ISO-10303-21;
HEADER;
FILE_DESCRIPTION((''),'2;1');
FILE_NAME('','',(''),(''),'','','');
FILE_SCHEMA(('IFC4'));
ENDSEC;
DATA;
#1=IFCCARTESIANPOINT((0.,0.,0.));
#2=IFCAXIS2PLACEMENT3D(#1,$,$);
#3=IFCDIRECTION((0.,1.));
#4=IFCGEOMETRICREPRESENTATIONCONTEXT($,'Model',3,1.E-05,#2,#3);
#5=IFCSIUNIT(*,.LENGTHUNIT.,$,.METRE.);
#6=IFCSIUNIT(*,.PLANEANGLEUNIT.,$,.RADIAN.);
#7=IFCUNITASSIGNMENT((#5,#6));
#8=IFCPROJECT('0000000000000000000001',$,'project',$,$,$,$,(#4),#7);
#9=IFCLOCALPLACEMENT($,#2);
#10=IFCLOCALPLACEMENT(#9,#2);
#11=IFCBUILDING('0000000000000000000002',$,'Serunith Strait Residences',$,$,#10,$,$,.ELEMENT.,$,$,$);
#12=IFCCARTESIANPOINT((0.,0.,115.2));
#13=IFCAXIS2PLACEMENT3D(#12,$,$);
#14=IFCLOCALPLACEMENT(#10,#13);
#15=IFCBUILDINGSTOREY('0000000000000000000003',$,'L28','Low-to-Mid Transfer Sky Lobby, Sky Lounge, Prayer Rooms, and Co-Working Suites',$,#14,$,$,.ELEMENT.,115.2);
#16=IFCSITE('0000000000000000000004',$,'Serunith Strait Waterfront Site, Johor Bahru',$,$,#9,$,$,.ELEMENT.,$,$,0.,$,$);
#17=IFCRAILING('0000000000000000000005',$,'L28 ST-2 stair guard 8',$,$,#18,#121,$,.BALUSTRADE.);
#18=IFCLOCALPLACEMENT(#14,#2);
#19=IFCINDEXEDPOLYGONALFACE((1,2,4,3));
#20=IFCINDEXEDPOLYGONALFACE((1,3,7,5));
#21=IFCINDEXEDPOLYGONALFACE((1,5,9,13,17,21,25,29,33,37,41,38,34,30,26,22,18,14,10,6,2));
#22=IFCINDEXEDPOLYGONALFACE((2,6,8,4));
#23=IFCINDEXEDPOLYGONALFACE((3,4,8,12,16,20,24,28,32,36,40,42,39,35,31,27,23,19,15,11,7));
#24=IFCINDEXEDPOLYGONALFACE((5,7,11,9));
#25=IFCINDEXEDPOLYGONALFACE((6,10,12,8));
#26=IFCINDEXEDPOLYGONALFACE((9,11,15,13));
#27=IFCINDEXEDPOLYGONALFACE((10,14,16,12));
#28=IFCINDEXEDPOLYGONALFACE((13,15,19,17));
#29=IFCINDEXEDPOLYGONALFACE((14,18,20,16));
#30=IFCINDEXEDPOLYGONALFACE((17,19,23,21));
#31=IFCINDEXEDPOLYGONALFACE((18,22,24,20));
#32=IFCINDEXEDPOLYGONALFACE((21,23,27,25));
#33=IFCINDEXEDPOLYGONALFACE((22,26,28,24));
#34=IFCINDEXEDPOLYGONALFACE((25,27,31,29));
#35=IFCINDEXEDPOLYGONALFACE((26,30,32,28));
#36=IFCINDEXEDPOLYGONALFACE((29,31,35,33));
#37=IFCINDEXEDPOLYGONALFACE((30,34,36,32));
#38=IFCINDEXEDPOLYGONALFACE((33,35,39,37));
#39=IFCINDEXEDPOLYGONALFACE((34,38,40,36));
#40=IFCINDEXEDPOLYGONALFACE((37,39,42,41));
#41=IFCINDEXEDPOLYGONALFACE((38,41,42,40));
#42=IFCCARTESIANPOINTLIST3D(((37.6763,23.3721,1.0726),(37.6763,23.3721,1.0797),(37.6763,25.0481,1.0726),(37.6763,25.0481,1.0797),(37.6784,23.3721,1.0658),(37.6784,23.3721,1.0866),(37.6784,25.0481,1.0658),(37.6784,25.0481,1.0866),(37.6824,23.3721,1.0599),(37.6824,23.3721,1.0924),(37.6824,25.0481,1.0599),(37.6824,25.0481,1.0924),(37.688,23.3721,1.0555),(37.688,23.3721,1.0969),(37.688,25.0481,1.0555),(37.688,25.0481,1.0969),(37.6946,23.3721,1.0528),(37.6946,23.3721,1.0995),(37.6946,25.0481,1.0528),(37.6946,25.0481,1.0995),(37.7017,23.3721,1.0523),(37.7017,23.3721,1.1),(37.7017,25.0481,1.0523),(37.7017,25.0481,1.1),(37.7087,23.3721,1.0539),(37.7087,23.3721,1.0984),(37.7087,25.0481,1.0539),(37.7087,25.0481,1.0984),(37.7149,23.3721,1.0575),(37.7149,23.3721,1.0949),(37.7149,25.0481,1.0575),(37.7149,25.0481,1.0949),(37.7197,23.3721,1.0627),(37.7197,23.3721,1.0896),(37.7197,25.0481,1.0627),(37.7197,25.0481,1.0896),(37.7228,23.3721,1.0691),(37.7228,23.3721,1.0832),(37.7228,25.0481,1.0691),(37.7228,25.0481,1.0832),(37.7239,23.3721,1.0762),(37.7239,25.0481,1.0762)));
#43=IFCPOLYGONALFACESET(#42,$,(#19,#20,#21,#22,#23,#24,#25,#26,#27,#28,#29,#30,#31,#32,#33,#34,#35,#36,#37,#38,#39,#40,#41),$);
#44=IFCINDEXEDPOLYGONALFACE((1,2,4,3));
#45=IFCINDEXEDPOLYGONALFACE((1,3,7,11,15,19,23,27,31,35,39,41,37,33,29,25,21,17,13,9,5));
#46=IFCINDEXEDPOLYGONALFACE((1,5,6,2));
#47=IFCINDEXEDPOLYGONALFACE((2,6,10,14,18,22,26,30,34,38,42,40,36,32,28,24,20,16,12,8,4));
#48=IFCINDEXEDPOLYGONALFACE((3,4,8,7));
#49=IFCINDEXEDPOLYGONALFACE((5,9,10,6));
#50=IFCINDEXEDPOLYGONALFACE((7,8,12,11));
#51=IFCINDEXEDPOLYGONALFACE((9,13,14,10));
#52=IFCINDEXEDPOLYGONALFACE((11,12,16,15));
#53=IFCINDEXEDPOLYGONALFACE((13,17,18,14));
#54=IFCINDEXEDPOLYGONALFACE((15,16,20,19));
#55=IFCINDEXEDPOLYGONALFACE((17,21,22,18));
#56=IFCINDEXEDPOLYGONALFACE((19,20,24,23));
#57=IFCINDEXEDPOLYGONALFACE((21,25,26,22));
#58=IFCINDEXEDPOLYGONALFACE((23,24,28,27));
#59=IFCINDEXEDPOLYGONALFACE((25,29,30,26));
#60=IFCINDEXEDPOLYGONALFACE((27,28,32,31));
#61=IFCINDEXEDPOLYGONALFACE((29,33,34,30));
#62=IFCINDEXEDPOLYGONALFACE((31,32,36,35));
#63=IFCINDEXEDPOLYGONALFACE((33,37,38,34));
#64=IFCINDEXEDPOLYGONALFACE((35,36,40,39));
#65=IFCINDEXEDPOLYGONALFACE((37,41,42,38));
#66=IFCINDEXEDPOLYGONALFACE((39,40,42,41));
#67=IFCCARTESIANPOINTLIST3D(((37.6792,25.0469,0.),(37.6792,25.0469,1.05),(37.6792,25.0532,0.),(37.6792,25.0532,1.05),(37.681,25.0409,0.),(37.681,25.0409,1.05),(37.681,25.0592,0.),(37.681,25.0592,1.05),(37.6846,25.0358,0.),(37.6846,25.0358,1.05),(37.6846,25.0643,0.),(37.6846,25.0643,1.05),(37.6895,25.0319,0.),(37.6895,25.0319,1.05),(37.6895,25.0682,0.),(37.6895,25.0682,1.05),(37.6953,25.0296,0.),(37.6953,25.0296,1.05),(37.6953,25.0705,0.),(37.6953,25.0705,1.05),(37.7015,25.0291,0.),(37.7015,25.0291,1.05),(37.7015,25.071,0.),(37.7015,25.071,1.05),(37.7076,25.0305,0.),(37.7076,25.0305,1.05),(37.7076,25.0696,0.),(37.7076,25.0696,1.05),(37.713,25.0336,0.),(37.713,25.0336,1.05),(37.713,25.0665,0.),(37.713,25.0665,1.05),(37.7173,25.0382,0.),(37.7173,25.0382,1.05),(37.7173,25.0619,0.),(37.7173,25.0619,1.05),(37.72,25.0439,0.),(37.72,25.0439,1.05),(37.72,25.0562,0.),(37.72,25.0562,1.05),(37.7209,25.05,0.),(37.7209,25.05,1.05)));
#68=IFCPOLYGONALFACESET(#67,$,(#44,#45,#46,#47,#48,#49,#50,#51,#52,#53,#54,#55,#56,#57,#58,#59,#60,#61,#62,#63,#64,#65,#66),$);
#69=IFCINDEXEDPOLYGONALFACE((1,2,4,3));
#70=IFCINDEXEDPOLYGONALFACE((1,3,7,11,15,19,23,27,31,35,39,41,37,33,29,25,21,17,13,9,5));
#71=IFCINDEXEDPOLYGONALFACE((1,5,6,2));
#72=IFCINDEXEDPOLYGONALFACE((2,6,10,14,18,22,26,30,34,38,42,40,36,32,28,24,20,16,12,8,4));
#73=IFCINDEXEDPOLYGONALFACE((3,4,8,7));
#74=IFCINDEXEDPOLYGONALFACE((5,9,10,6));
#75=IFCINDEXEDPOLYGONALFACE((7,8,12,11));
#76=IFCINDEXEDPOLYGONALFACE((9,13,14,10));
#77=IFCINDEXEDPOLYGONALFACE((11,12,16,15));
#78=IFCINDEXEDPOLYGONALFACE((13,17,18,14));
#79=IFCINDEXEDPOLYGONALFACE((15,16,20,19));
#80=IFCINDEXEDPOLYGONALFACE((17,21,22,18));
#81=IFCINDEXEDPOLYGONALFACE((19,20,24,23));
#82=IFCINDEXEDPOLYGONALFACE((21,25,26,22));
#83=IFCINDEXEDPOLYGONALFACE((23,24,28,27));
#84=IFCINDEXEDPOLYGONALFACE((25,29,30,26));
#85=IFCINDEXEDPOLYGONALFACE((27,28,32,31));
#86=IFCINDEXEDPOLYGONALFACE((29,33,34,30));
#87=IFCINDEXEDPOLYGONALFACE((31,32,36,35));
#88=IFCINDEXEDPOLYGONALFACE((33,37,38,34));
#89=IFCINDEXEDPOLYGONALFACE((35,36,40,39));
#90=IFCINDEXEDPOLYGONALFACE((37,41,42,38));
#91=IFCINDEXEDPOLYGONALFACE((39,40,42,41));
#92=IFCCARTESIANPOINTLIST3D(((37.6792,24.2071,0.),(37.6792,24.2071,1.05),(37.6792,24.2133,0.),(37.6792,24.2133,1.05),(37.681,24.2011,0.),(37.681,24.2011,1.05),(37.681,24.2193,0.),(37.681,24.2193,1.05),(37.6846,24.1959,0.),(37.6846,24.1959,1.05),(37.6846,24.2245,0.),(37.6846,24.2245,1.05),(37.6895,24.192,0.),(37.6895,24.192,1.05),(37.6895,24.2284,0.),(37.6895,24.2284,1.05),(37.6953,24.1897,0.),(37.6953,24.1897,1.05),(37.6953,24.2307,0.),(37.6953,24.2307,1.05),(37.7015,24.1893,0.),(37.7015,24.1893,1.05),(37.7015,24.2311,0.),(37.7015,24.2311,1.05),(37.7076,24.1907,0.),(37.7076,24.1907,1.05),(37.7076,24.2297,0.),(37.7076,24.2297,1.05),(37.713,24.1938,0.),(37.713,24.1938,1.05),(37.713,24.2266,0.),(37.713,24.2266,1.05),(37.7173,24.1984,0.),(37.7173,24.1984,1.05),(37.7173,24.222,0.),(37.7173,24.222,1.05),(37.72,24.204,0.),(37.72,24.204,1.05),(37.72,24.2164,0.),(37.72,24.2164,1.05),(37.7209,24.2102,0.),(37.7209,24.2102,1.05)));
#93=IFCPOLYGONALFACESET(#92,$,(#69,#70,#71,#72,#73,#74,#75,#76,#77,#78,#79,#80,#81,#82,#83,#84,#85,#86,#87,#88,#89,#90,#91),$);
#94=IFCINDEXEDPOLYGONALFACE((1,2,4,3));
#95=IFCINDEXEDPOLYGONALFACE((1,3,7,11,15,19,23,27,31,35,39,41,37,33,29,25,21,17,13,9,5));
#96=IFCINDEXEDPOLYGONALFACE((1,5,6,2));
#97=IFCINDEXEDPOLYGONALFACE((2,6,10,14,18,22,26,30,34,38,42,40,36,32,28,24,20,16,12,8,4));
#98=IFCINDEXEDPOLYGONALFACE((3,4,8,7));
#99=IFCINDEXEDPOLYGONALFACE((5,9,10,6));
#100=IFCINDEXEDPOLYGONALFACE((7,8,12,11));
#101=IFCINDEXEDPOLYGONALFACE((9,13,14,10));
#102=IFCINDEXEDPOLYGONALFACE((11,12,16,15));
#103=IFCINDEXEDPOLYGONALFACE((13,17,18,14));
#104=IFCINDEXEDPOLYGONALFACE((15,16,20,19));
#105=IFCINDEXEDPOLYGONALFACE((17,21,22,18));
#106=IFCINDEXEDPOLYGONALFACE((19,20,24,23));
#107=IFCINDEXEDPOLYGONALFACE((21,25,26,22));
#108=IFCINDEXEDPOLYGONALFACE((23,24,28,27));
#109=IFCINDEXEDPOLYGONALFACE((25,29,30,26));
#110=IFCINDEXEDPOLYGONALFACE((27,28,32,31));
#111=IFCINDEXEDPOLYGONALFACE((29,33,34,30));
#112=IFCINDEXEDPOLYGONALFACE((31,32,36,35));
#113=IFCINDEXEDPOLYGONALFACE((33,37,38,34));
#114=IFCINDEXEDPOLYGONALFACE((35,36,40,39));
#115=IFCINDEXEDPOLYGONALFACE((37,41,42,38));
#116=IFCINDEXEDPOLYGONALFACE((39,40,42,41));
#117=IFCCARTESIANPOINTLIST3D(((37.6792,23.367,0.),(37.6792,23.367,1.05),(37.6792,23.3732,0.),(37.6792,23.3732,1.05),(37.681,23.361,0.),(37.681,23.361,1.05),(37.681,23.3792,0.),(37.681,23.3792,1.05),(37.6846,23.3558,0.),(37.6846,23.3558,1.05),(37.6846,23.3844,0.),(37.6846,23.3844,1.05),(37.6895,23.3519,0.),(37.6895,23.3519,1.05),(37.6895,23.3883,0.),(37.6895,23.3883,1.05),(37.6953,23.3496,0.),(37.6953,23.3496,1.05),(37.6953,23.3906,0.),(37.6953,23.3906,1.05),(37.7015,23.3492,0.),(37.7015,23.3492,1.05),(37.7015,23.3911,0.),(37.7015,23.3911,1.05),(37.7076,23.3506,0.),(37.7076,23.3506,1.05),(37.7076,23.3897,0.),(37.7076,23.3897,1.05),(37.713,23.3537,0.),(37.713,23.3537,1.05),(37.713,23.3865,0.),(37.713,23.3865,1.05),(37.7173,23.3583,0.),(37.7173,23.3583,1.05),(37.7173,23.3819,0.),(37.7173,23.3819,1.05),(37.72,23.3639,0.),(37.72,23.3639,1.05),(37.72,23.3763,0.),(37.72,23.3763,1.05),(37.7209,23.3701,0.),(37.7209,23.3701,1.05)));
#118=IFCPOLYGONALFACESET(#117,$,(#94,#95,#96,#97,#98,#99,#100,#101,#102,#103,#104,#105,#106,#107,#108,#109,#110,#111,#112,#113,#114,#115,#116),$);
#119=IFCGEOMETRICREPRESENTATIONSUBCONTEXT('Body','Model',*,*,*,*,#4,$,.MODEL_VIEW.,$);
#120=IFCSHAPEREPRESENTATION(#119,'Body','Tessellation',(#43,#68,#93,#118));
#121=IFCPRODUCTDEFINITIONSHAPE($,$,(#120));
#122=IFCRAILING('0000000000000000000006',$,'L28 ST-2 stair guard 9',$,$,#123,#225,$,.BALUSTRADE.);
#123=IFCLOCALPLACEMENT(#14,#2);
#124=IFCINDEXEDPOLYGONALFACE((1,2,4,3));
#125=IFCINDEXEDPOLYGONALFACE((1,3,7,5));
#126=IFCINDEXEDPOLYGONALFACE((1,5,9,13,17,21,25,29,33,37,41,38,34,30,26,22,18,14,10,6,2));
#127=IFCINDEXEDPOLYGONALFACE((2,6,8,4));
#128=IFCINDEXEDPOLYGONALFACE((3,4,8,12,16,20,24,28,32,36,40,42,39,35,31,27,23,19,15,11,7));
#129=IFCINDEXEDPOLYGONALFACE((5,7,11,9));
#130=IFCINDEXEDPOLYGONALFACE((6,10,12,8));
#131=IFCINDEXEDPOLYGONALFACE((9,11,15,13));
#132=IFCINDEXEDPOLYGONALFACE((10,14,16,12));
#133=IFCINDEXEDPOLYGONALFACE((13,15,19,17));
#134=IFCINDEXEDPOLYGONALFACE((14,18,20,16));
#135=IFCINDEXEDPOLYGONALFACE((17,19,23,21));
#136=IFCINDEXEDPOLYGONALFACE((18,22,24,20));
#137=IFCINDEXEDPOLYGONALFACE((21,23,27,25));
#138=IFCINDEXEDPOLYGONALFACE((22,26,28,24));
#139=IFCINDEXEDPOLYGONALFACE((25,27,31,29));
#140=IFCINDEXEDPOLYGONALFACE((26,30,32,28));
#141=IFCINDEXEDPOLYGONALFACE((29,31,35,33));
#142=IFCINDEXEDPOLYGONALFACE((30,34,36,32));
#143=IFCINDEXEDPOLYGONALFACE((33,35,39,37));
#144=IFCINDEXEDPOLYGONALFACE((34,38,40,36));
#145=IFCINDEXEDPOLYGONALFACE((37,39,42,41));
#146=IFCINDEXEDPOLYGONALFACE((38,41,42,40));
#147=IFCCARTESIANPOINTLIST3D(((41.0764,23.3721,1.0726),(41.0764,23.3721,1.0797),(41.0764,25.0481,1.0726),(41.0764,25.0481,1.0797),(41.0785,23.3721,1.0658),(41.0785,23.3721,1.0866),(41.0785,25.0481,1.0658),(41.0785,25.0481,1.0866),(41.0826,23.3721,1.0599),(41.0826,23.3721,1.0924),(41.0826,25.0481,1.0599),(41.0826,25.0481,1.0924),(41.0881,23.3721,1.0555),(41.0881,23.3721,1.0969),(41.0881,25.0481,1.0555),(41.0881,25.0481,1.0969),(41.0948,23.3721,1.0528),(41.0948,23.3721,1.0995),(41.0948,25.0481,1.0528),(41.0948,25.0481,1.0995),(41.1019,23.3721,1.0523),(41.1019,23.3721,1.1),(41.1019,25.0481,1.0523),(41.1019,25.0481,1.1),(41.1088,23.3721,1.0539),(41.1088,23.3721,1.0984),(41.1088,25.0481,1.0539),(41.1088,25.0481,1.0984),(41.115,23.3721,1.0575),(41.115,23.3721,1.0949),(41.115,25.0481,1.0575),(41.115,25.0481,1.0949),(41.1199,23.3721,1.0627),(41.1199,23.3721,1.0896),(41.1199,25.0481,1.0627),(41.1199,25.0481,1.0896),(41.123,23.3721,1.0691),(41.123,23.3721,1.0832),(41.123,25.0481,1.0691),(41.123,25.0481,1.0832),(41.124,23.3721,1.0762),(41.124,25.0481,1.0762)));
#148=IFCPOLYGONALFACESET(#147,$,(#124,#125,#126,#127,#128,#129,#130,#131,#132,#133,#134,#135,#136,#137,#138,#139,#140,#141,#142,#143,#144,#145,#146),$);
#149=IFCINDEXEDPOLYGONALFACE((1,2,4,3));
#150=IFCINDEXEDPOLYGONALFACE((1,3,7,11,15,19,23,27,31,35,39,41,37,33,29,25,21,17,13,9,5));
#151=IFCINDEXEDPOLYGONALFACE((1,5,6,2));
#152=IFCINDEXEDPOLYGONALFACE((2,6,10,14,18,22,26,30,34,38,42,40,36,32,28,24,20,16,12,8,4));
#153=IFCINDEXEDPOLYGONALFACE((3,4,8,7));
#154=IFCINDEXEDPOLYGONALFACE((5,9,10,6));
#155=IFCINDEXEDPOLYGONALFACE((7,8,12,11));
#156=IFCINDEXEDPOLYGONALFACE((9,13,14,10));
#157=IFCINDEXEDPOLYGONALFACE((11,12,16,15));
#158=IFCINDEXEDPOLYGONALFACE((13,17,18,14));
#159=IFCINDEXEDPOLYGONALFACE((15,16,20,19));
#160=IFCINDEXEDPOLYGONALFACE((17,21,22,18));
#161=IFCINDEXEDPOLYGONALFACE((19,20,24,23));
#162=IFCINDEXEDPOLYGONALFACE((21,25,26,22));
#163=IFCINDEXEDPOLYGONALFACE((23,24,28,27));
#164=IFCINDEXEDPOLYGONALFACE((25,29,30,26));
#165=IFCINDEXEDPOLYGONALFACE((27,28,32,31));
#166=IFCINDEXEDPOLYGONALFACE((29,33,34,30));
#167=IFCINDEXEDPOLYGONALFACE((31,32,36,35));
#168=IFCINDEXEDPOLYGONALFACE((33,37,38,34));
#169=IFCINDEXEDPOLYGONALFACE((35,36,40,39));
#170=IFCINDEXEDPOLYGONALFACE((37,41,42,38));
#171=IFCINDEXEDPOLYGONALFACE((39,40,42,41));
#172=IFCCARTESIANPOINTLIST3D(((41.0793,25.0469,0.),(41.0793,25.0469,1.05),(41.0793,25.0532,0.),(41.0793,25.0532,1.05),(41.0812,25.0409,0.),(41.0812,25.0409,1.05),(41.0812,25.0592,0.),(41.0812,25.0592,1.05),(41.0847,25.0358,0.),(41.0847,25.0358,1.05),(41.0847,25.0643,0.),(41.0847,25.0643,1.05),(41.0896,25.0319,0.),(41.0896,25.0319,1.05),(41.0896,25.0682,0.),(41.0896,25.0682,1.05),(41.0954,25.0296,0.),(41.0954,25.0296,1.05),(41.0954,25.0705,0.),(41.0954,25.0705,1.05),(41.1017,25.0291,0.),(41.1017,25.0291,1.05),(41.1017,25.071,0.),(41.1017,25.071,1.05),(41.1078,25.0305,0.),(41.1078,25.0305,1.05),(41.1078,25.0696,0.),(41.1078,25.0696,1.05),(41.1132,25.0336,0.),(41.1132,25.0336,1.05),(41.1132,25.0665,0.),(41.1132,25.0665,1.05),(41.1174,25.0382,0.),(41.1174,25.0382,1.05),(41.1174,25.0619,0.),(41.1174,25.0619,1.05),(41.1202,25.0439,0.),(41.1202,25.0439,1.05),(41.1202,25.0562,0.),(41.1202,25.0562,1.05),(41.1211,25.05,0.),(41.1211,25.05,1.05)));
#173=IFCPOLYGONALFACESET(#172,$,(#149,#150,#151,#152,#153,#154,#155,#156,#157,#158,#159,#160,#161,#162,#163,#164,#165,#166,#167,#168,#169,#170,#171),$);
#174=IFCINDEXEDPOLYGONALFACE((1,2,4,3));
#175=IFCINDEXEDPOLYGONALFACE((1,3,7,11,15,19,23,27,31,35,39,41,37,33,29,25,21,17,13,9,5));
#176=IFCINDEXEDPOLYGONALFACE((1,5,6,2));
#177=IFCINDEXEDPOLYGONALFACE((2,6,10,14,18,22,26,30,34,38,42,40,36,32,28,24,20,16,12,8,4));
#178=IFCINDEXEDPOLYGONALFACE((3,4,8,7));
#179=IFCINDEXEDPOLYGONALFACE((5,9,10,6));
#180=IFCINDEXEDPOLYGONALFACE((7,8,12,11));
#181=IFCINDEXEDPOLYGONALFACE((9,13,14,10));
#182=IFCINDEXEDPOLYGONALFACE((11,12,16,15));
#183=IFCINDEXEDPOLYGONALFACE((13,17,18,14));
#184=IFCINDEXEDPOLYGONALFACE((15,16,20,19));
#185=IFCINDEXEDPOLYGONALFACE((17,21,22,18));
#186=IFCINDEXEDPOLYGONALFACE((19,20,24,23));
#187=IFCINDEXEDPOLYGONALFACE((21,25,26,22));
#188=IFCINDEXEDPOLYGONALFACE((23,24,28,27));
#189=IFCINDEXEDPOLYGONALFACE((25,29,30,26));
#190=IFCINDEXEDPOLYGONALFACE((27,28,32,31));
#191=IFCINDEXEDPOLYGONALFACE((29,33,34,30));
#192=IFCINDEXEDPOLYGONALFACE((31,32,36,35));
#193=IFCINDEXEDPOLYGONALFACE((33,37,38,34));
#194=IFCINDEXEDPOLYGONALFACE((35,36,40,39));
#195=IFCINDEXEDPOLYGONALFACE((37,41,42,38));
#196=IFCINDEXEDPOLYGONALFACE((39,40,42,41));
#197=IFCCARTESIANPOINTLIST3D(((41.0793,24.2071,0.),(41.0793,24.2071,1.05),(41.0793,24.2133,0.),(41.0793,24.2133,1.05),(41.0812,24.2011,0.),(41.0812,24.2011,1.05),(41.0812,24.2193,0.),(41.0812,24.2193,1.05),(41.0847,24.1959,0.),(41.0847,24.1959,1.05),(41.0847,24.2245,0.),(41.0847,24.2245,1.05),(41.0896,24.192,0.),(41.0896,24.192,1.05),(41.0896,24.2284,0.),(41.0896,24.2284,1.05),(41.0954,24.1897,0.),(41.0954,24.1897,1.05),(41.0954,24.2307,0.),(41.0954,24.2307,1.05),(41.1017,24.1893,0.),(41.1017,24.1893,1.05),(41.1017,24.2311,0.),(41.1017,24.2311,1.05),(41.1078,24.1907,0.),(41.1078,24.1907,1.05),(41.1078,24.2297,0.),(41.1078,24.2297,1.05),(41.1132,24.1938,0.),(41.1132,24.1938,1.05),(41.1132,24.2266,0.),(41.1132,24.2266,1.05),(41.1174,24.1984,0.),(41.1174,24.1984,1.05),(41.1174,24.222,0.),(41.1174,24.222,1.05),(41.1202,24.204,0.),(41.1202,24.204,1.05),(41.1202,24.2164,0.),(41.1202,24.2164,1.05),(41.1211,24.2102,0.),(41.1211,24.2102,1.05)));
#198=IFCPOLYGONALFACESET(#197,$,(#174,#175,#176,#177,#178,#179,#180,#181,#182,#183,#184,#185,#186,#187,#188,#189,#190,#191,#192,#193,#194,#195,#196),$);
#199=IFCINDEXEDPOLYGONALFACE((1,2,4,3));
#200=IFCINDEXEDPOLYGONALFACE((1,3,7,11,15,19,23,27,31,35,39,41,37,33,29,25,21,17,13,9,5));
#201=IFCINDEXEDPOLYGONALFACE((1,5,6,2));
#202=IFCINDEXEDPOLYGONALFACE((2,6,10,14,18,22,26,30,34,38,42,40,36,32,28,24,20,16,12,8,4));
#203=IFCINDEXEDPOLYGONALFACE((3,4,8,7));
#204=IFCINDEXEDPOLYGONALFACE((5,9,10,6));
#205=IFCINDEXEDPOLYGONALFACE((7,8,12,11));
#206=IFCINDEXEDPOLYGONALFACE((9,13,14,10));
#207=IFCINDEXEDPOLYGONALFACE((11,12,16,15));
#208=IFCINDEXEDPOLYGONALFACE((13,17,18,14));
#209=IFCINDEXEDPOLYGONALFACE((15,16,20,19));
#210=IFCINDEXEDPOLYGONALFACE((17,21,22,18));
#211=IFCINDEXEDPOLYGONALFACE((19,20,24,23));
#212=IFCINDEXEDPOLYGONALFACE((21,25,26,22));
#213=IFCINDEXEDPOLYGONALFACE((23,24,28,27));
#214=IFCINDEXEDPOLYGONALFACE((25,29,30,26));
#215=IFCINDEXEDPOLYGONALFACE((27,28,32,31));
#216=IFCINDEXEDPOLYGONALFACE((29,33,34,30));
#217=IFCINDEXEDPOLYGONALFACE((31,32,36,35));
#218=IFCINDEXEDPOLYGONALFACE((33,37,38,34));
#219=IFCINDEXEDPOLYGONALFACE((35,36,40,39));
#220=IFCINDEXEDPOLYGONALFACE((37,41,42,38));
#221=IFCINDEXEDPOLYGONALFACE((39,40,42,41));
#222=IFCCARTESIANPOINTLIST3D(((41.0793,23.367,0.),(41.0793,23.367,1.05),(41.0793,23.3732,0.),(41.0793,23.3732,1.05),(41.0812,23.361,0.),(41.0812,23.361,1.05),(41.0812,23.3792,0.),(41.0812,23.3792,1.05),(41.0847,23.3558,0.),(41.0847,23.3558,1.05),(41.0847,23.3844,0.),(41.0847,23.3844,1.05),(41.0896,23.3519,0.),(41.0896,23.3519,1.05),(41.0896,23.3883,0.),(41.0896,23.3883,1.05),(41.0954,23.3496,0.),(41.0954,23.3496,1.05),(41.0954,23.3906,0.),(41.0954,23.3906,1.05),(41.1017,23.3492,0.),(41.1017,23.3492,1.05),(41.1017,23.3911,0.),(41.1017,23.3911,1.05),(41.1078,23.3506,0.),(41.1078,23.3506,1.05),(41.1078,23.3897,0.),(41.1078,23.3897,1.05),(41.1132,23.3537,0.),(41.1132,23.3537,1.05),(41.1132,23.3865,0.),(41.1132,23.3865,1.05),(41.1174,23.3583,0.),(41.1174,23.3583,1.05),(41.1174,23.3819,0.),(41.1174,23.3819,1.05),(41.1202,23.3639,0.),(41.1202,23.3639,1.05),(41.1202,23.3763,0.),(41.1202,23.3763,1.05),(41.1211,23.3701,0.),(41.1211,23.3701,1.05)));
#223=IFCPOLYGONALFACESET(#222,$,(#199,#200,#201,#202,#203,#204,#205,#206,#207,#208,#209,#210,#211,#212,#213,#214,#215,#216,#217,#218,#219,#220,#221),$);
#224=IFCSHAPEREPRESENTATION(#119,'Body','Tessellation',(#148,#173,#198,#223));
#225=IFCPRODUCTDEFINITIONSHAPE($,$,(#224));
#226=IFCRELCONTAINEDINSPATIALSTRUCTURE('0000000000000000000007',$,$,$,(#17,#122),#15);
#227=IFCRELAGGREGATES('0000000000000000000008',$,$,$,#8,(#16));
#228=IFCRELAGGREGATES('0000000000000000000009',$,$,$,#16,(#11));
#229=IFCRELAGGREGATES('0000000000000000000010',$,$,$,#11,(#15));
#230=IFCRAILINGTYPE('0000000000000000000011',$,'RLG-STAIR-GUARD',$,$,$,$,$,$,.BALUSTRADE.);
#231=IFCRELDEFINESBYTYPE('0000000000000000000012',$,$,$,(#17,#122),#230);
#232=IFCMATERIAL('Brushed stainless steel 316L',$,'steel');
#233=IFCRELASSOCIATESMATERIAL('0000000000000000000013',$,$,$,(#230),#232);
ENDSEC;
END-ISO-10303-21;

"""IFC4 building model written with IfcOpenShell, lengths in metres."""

from ifc_helpers import new_model, si_unit, direction, frame, origin, origin_2d, place, context, subcontext, project, spatial, circle, extrude, material, type_object, element, save


model = new_model("IFC4")

# Units and contexts
model_context = context("Model", 3, precision=1e-05, world=origin(), true_north=direction((0.0, 1.0)))
body_context = subcontext(model_context, "Body", "Model", "MODEL_VIEW")
ifc_project = project(units=[si_unit("LENGTHUNIT", "METRE"), si_unit("PLANEANGLEUNIT", "RADIAN")], contexts=[model_context])

# Site, building, storey
site_placement = place(None, origin())
site = spatial("IfcSite", under=ifc_project, at=site_placement, Name="Serunith Strait Waterfront Site, Johor Bahru", CompositionType="ELEMENT", RefElevation=0.0)
building_placement = place(site_placement, origin())
building = spatial("IfcBuilding", under=site, at=building_placement, Name="Serunith Strait Residences", CompositionType="ELEMENT")
storey_placement = place(building_placement, frame((0.0, 0.0, 115.2)))
storey = spatial("IfcBuildingStorey", under=building, at=storey_placement, Name="L28", Description="Low-to-Mid Transfer Sky Lobby, Sky Lounge, Prayer Rooms, and Co-Working Suites", CompositionType="ELEMENT", Elevation=115.2)

# Railings
ifc_material_1 = material(Name="Brushed stainless steel 316L", Category="steel")
railing_type = type_object("IfcRailingType", Name="RLG-STAIR-GUARD", PredefinedType="BALUSTRADE", material=ifc_material_1)
for number, where, name in (
    (1, (37.7, 25.05, 0.0), "L28 ST-2 stair guard 8"),
    (2, (41.1001, 25.05, 0.0), "L28 ST-2 stair guard 9"),
):
    element("IfcRailing", number, at=place(storey_placement, frame(where)), inside=storey, type_object=railing_type, Name=name, PredefinedType="BALUSTRADE", context=body_context, shape_type="SweptSolid", body=[
        extrude(circle(Radius=0.0239, at=origin_2d()), frame((0.0, -0.002, 1.0762), z_axis=(0.0, -1.0, 0.0), x_axis=(1.0, 0.0, 0.0)), (0.0, 0.0, 1.0), 1.676),
        extrude(circle(Radius=0.021, at=origin_2d()), origin(), (0.0, 0.0, 1.0), 1.05),
        extrude(circle(Radius=0.021, at=origin_2d()), frame((0.0, -0.8398, 0.0)), (0.0, 0.0, 1.0), 1.05),
        extrude(circle(Radius=0.021, at=origin_2d()), frame((0.0, -1.6799, 0.0)), (0.0, 0.0, 1.0), 1.05),
    ])

save(model, "model.ifc")
